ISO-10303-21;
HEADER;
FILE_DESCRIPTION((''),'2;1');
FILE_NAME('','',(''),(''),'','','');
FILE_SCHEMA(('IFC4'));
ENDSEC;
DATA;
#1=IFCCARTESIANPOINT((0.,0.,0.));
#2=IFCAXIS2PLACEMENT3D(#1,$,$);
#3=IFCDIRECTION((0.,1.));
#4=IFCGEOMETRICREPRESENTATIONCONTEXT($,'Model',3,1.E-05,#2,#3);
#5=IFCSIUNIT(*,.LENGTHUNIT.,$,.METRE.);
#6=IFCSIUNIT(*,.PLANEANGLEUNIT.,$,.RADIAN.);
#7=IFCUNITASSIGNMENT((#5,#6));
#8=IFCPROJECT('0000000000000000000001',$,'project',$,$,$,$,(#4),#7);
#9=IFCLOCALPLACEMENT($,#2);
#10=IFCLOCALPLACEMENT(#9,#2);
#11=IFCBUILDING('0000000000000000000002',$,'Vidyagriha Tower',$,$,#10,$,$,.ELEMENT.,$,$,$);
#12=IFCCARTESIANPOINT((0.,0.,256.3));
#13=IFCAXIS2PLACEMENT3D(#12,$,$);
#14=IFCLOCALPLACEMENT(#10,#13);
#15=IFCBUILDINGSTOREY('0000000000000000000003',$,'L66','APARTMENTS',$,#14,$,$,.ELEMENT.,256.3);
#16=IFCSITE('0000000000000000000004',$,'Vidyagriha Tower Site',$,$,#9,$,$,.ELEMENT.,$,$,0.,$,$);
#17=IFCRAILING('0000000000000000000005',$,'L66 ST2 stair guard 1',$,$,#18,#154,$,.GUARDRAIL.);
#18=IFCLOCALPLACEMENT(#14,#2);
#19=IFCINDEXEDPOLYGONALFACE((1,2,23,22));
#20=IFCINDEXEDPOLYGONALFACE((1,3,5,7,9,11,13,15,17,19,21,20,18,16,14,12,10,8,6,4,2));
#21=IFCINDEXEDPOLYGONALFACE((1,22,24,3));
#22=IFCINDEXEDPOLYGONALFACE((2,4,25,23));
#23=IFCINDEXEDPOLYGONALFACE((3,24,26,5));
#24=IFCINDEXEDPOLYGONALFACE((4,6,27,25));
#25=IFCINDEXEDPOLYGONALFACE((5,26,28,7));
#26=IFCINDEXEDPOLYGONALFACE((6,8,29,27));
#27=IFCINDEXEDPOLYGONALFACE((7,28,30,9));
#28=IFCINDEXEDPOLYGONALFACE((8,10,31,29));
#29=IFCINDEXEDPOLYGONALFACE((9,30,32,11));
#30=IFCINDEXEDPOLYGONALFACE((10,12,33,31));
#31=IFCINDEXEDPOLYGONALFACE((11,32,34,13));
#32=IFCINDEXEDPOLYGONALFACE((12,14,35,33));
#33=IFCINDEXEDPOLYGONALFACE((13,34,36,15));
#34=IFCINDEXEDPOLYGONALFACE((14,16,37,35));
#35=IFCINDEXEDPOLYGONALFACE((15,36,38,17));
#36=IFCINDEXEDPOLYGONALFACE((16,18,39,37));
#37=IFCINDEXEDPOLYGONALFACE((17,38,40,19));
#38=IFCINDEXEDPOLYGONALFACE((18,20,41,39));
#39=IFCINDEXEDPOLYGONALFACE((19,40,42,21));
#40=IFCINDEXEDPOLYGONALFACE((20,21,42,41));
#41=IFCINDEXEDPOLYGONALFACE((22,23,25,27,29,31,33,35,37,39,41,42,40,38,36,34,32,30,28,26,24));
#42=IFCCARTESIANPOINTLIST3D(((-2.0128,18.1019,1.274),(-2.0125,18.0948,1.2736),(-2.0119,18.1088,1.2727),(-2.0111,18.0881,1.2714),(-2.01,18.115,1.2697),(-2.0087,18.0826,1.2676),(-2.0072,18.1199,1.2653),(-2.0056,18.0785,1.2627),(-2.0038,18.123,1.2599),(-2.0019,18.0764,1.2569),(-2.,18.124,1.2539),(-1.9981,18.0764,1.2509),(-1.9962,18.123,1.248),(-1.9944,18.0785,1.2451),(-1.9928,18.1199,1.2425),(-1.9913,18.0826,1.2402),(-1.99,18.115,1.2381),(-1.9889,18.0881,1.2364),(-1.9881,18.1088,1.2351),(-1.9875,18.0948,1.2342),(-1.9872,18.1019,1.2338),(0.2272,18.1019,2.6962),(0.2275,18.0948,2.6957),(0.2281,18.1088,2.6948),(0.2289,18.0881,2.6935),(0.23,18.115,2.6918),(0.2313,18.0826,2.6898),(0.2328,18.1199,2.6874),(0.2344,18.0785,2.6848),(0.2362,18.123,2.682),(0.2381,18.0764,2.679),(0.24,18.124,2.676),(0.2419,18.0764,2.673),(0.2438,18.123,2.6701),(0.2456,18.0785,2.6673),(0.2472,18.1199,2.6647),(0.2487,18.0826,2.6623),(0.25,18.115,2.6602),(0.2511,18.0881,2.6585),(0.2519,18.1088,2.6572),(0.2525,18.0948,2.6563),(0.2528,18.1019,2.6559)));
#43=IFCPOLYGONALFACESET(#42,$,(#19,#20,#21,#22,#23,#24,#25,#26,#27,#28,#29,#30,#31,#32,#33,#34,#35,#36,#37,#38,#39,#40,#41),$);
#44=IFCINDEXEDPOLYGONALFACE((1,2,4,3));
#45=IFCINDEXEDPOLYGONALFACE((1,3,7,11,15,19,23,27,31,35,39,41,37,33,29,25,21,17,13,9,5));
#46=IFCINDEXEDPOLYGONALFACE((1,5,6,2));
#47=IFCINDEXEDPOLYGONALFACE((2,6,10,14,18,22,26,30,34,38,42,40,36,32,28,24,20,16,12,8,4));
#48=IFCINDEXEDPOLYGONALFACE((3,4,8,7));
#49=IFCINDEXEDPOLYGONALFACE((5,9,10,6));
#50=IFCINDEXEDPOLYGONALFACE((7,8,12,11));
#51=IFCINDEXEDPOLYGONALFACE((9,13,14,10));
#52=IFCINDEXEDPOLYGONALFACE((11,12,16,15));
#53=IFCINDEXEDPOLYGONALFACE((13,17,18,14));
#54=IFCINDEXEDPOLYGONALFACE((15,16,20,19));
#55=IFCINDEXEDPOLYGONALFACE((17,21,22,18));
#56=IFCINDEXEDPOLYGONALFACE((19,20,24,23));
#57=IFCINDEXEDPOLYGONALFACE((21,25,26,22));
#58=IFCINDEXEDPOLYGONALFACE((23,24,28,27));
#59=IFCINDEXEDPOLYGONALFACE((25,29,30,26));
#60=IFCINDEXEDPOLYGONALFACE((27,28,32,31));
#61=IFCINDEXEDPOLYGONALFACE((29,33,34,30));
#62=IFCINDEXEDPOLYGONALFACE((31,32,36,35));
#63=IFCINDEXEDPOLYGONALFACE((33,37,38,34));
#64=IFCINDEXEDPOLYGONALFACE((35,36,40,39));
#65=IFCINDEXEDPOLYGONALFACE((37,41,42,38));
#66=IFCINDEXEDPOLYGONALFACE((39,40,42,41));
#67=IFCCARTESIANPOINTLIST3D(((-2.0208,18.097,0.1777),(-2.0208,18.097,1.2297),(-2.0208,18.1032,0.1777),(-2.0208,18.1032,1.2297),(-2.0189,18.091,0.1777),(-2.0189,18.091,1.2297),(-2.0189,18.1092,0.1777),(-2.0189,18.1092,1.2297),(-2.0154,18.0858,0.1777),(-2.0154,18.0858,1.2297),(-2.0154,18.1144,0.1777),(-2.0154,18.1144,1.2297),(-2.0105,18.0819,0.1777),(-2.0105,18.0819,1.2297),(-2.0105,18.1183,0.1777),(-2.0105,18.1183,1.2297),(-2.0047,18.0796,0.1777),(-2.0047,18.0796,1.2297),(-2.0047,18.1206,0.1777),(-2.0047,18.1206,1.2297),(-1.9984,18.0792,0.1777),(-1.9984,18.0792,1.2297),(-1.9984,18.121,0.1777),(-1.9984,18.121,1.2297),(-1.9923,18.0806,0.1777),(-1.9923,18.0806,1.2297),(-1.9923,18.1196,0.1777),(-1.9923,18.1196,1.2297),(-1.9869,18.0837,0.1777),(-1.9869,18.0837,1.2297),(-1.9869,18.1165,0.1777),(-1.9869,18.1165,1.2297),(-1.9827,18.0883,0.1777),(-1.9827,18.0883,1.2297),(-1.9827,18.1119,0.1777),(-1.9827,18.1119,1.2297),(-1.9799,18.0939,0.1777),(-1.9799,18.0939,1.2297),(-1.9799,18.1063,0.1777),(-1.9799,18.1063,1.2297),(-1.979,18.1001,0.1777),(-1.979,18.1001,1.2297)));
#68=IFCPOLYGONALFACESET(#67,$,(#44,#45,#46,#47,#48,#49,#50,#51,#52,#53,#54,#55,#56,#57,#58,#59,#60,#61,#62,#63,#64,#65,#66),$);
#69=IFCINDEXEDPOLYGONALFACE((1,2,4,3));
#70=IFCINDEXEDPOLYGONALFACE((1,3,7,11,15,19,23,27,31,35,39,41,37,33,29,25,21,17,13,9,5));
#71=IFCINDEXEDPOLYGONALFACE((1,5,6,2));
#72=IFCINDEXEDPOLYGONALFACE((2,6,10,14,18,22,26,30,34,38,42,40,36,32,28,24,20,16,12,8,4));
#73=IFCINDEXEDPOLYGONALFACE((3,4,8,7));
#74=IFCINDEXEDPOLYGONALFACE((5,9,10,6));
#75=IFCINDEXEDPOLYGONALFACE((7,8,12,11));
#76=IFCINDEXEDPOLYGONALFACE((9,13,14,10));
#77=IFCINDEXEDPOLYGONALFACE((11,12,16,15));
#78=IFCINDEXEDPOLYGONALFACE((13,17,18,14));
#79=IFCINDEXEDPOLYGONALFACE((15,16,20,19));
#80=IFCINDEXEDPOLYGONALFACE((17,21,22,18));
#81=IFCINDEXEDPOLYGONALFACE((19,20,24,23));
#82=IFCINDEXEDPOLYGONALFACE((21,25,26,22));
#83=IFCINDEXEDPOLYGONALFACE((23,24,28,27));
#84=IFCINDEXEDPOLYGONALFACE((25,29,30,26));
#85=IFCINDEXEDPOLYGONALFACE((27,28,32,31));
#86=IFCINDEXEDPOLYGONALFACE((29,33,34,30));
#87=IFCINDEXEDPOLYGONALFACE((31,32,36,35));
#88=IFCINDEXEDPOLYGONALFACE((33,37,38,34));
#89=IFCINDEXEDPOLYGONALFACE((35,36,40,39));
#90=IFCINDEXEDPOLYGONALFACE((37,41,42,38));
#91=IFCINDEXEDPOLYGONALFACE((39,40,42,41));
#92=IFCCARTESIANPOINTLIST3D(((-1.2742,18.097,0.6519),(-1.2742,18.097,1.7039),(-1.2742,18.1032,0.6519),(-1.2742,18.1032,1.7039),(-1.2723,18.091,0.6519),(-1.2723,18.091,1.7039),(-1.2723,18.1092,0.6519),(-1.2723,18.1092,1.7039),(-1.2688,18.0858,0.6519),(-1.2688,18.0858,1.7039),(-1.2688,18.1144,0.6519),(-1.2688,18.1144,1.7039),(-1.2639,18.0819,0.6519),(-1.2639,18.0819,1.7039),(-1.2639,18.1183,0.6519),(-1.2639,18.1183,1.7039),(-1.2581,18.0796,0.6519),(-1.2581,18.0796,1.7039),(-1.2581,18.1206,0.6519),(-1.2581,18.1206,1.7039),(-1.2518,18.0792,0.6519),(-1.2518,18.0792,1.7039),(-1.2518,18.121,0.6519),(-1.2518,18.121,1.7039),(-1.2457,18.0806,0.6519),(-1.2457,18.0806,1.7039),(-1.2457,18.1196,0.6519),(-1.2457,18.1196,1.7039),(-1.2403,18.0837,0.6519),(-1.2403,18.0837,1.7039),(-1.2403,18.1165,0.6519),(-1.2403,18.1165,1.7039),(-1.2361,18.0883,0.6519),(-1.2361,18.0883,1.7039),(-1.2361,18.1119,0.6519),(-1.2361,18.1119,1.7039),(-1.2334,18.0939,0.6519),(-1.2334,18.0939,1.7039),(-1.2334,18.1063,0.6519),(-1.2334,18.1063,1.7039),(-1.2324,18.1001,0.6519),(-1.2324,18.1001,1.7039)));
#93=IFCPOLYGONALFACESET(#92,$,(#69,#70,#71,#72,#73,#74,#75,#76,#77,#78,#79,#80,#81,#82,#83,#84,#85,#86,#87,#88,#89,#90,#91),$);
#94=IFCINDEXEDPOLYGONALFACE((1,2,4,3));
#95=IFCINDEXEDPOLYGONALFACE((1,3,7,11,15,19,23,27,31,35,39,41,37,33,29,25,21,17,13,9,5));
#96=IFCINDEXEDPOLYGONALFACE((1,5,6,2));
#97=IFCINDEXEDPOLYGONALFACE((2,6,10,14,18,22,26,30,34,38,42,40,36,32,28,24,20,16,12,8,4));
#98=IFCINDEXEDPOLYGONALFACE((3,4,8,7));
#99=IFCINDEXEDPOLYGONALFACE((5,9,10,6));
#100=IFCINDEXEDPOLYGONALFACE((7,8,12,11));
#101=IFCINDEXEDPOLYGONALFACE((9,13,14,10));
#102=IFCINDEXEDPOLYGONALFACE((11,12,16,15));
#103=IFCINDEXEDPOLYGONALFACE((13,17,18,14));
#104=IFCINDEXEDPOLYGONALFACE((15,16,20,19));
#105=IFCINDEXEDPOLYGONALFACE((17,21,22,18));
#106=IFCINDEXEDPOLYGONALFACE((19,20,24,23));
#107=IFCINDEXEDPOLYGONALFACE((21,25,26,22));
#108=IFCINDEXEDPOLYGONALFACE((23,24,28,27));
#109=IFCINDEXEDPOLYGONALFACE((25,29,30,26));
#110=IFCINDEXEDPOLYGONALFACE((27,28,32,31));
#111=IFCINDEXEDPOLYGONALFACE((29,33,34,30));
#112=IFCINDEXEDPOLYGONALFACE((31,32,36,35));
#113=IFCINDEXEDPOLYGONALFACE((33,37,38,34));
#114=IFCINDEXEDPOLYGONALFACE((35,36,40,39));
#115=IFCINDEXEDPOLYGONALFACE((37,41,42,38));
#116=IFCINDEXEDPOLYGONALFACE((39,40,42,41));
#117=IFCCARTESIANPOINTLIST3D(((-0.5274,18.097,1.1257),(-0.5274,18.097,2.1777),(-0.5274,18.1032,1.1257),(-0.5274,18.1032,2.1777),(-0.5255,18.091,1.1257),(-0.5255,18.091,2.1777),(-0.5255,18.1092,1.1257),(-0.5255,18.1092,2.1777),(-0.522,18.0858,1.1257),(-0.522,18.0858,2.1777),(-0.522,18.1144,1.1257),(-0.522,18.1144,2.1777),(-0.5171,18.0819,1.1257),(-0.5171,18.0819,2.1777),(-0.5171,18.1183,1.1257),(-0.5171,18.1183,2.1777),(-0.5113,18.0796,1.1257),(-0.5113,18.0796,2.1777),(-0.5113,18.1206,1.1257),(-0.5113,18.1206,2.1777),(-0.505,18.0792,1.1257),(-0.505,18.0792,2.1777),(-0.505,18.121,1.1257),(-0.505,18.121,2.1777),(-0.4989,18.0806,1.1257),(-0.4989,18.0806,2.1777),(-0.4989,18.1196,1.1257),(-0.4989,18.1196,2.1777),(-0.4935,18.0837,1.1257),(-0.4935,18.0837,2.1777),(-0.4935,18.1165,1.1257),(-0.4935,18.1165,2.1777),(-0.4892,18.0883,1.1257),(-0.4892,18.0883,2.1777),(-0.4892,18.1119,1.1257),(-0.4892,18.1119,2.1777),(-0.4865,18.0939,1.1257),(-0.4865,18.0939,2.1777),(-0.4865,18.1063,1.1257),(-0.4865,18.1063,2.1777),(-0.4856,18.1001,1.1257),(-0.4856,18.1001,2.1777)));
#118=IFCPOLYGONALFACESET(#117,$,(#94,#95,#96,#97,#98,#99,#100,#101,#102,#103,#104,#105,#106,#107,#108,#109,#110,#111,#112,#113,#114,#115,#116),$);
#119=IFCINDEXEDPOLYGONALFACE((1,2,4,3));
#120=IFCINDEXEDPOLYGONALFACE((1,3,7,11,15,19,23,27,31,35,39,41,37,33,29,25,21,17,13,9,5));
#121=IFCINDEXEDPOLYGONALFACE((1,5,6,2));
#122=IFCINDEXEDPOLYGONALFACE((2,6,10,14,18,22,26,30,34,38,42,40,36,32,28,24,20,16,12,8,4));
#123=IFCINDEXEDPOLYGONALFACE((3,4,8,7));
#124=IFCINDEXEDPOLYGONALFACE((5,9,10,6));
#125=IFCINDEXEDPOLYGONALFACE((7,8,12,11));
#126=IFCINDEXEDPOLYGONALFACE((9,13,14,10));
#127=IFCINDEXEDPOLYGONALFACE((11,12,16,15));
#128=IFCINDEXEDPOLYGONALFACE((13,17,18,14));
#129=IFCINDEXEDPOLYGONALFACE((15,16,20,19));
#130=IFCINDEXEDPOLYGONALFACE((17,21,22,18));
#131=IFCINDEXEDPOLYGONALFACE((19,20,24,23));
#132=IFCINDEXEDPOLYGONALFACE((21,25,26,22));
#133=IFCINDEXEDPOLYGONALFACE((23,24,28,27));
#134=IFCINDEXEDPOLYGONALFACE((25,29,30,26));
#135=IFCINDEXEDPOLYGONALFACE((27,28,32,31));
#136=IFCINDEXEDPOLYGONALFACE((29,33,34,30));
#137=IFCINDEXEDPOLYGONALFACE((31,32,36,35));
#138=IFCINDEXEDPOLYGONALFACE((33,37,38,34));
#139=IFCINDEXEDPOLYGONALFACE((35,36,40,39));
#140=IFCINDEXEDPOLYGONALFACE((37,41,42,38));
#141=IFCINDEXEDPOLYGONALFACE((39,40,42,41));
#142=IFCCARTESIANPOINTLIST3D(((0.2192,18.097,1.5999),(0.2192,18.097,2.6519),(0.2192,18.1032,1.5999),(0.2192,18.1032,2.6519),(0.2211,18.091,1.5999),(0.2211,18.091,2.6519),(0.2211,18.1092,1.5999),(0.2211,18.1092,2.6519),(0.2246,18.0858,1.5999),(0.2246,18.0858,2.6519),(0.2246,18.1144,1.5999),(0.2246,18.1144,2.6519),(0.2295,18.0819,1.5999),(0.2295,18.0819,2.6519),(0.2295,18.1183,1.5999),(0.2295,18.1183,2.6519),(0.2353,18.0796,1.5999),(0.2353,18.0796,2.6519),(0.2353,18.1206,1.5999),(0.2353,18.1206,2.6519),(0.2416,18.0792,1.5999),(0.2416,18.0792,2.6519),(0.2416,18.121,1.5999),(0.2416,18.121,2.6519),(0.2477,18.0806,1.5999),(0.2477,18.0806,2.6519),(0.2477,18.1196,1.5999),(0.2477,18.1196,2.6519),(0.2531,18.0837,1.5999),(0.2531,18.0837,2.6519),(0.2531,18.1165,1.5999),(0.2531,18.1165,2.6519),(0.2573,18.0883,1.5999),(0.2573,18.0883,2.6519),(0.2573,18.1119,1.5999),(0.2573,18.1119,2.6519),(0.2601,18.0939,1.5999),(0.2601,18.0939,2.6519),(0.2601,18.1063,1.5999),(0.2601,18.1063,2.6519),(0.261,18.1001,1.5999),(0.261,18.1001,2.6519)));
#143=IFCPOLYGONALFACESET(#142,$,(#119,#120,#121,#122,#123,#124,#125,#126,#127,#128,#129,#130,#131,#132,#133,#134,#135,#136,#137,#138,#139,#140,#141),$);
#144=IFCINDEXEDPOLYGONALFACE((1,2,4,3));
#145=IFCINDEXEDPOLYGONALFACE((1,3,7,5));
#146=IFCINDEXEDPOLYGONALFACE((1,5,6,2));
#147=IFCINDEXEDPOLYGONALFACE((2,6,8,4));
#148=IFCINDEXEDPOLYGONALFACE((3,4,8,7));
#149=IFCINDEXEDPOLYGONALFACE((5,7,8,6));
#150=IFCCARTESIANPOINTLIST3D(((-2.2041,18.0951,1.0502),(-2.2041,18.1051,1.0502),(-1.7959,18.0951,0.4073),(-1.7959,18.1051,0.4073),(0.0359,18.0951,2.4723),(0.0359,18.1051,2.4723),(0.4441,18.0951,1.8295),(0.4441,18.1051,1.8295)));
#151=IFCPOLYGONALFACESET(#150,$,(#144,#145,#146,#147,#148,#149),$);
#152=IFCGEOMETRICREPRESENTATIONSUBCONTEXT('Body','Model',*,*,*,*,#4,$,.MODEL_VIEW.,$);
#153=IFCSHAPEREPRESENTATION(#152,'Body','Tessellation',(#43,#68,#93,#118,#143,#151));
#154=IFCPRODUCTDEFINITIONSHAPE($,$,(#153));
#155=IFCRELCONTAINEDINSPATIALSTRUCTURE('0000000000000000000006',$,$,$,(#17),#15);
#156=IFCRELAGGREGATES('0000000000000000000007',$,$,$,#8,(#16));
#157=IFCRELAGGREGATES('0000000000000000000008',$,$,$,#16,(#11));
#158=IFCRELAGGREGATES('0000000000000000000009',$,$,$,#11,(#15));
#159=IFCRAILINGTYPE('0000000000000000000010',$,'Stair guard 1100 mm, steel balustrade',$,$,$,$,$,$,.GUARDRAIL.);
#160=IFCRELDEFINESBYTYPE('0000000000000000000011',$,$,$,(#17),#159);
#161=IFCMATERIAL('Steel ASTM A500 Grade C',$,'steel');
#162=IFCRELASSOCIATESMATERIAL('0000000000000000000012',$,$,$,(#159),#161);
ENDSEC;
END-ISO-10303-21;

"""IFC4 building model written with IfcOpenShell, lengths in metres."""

from ifc_helpers import new_model, si_unit, direction, frame, origin, origin_2d, place, context, subcontext, project, spatial, rectangle, circle, extrude, material, type_object, element, save


model = new_model("IFC4")

# Units and contexts
model_context = context("Model", 3, precision=1e-05, world=origin(), true_north=direction((0.0, 1.0)))
body_context = subcontext(model_context, "Body", "Model", "MODEL_VIEW")
ifc_project = project(units=[si_unit("LENGTHUNIT", "METRE"), si_unit("PLANEANGLEUNIT", "RADIAN")], contexts=[model_context])

# Site, building, storey
site_placement = place(None, origin())
site = spatial("IfcSite", under=ifc_project, at=site_placement, Name="Vidyagriha Tower Site", CompositionType="ELEMENT", RefElevation=0.0)
building_placement = place(site_placement, origin())
building = spatial("IfcBuilding", under=site, at=building_placement, Name="Vidyagriha Tower", CompositionType="ELEMENT")
storey_placement = place(building_placement, frame((0.0, 0.0, 256.3)))
storey = spatial("IfcBuildingStorey", under=building, at=storey_placement, Name="L66", Description="APARTMENTS", CompositionType="ELEMENT", Elevation=256.3)

# Railing
ifc_material_1 = material(Name="Steel ASTM A500 Grade C", Category="steel")
railing_type_1 = type_object("IfcRailingType", Name="Stair guard 1100 mm, steel balustrade", PredefinedType="GUARDRAIL", material=ifc_material_1)
railing_1_placement = place(storey_placement, frame((-2.0, 18.1001, 0.1777)))
element("IfcRailing", 1, at=railing_1_placement, inside=storey, type_object=railing_type_1, Name="L66 ST2 stair guard 1", PredefinedType="GUARDRAIL", context=body_context, shape_type="SweptSolid", body=[
    extrude(circle(Radius=0.0239, at=origin_2d()), frame((0.0, 0.0, 1.0762), z_axis=(0.844229, 0.0, 0.535982), x_axis=(0.0, 1.0, 0.0)), (0.0, 0.0, 1.0), 2.6533),
    extrude(circle(Radius=0.021, at=origin_2d()), origin(), (0.0, 0.0, 1.0), 1.052),
    extrude(circle(Radius=0.021, at=origin_2d()), frame((0.7466, 0.0, 0.4741)), (0.0, 0.0, 1.0), 1.052),
    extrude(circle(Radius=0.021, at=origin_2d()), frame((1.4934, 0.0, 0.948)), (0.0, 0.0, 1.0), 1.052),
    extrude(circle(Radius=0.021, at=origin_2d()), frame((2.24, 0.0, 1.4221)), (0.0, 0.0, 1.0), 1.052),
    extrude(rectangle(XDim=0.01, YDim=0.7615, at=origin_2d()), frame((0.0, 0.0, 0.551), z_axis=(0.844229, 0.0, 0.535982), x_axis=(0.0, 1.0, 0.0)), (0.0, 0.0, 1.0), 2.6533),
])

save(model, "model.ifc")
